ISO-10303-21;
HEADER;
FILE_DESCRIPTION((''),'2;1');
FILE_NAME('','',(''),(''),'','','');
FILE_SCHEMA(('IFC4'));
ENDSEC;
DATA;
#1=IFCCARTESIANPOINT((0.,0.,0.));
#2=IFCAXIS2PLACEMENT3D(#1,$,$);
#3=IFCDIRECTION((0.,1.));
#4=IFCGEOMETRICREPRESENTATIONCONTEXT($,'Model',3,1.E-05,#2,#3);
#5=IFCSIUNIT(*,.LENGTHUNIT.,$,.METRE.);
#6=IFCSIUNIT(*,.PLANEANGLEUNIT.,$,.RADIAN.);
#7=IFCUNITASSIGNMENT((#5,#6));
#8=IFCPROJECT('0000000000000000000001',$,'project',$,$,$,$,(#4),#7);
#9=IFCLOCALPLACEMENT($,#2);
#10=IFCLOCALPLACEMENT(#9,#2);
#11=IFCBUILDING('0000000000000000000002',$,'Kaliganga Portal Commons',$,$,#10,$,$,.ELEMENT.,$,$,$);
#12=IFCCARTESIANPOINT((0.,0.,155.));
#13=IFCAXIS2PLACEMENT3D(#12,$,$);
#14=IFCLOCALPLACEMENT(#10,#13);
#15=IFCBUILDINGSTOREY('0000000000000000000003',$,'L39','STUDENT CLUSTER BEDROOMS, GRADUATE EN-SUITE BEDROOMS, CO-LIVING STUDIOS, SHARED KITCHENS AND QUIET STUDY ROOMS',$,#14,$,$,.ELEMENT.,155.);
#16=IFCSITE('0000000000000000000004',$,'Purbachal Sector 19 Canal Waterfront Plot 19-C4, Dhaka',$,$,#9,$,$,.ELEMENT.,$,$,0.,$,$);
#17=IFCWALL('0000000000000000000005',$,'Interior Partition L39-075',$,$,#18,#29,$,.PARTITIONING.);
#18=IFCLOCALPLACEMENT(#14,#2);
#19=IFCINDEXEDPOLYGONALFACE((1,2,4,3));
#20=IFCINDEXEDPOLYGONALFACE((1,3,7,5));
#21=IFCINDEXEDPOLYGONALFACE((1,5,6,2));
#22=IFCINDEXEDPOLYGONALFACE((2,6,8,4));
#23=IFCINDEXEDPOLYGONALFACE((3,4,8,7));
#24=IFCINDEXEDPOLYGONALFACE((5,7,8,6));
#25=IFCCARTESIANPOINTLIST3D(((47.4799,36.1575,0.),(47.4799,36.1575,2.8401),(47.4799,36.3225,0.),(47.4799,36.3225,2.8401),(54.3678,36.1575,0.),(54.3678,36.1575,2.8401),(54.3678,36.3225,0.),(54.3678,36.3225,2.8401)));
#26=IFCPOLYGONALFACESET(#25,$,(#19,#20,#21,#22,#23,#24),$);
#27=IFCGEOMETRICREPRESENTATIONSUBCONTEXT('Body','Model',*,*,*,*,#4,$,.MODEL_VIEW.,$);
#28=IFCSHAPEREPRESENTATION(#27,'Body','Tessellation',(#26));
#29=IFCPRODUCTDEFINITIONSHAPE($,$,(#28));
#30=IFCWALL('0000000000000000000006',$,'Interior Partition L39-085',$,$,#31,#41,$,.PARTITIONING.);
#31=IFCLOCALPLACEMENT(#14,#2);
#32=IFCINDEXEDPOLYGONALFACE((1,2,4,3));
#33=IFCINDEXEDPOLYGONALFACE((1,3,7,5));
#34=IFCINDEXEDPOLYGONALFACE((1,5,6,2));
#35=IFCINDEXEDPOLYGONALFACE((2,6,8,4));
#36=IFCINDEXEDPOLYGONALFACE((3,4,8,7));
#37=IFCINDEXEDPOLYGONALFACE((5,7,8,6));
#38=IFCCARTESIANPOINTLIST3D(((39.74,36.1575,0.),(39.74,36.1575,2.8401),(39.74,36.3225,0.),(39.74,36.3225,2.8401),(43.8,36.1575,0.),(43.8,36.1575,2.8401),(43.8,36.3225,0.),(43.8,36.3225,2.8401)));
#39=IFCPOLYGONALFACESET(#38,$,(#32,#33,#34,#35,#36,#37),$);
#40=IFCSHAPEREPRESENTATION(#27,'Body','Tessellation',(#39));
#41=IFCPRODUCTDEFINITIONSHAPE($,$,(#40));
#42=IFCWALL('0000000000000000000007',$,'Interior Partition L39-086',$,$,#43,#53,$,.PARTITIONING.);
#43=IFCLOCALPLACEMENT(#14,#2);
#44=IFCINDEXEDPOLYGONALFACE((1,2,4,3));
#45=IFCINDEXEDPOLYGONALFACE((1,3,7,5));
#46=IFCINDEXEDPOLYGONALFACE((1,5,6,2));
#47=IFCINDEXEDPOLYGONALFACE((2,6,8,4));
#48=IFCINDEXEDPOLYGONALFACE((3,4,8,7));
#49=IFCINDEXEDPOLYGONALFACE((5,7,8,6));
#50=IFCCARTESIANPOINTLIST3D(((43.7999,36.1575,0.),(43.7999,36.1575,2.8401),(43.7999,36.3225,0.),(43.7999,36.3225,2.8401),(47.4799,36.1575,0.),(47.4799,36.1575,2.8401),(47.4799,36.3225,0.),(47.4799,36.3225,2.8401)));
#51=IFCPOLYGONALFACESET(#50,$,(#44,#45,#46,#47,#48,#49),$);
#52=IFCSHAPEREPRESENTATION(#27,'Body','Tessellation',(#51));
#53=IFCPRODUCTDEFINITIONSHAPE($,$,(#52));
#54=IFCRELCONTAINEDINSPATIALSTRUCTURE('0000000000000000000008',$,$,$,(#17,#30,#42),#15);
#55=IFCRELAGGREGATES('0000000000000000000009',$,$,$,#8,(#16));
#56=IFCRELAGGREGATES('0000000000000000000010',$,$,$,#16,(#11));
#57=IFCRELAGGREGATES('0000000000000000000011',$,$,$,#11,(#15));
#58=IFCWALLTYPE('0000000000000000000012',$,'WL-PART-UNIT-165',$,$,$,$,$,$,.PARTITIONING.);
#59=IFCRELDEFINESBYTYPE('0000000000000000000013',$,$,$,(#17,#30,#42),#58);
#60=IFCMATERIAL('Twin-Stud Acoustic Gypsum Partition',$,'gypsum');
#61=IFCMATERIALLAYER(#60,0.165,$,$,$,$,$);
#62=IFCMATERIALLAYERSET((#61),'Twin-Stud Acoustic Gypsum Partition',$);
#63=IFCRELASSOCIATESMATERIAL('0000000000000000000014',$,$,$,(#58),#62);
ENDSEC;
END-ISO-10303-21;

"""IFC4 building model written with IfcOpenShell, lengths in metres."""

from ifc_helpers import new_model, si_unit, direction, frame, frame_2d, origin, place, context, subcontext, project, spatial, rectangle, extrude, material, layer, layer_set, type_object, element, save


model = new_model("IFC4")

# Units and contexts
model_context = context("Model", 3, precision=1e-05, world=origin(), true_north=direction((0.0, 1.0)))
body_context = subcontext(model_context, "Body", "Model", "MODEL_VIEW")
ifc_project = project(units=[si_unit("LENGTHUNIT", "METRE"), si_unit("PLANEANGLEUNIT", "RADIAN")], contexts=[model_context])

# Site, building, storey
site_placement = place(None, origin())
site = spatial("IfcSite", under=ifc_project, at=site_placement, Name="Purbachal Sector 19 Canal Waterfront Plot 19-C4, Dhaka", CompositionType="ELEMENT", RefElevation=0.0)
building_placement = place(site_placement, origin())
building = spatial("IfcBuilding", under=site, at=building_placement, Name="Kaliganga Portal Commons", CompositionType="ELEMENT")
storey_placement = place(building_placement, frame((0.0, 0.0, 155.0)))
storey = spatial("IfcBuildingStorey", under=building, at=storey_placement, Name="L39", Description="STUDENT CLUSTER BEDROOMS, GRADUATE EN-SUITE BEDROOMS, CO-LIVING STUDIOS, SHARED KITCHENS AND QUIET STUDY ROOMS", CompositionType="ELEMENT", Elevation=155.0)

# Walls
ifc_material_1 = material(Name="Twin-Stud Acoustic Gypsum Partition", Category="gypsum")
ifc_layer_1 = layer(ifc_material_1, 0.165)
ifc_layer_set_1 = layer_set([ifc_layer_1], Name="Twin-Stud Acoustic Gypsum Partition")
wall_type_1 = type_object("IfcWallType", Name="WL-PART-UNIT-165", PredefinedType="PARTITIONING", material=ifc_layer_set_1)
wall_1_placement = place(storey_placement, frame((47.48, 36.24, 0.0), z_axis=(0.0, 0.0, 1.0), x_axis=(1.0, 0.0, 0.0)))
element("IfcWall", 1, at=wall_1_placement, inside=storey, type_object=wall_type_1, Name="Interior Partition L39-075", PredefinedType="PARTITIONING", context=body_context, shape_type="SweptSolid", body=[
    extrude(rectangle(XDim=6.8879, YDim=0.165, at=frame_2d((3.4438, 0.0))), origin(), (0.0, 0.0, 1.0), 2.8401),
])
wall_2_placement = place(storey_placement, frame((39.74, 36.24, 0.0), z_axis=(0.0, 0.0, 1.0), x_axis=(1.0, 0.0, 0.0)))
element("IfcWall", 2, at=wall_2_placement, inside=storey, type_object=wall_type_1, Name="Interior Partition L39-085", PredefinedType="PARTITIONING", context=body_context, shape_type="SweptSolid", body=[
    extrude(rectangle(XDim=4.0601, YDim=0.165, at=frame_2d((2.03, 0.0))), origin(), (0.0, 0.0, 1.0), 2.8401),
])
wall_3_placement = place(storey_placement, frame((43.8, 36.24, 0.0), z_axis=(0.0, 0.0, 1.0), x_axis=(1.0, 0.0, 0.0)))
element("IfcWall", 3, at=wall_3_placement, inside=storey, type_object=wall_type_1, Name="Interior Partition L39-086", PredefinedType="PARTITIONING", context=body_context, shape_type="SweptSolid", body=[
    extrude(rectangle(XDim=3.6799, YDim=0.165, at=frame_2d((1.8398, 0.0))), origin(), (0.0, 0.0, 1.0), 2.8401),
])

save(model, "model.ifc")
